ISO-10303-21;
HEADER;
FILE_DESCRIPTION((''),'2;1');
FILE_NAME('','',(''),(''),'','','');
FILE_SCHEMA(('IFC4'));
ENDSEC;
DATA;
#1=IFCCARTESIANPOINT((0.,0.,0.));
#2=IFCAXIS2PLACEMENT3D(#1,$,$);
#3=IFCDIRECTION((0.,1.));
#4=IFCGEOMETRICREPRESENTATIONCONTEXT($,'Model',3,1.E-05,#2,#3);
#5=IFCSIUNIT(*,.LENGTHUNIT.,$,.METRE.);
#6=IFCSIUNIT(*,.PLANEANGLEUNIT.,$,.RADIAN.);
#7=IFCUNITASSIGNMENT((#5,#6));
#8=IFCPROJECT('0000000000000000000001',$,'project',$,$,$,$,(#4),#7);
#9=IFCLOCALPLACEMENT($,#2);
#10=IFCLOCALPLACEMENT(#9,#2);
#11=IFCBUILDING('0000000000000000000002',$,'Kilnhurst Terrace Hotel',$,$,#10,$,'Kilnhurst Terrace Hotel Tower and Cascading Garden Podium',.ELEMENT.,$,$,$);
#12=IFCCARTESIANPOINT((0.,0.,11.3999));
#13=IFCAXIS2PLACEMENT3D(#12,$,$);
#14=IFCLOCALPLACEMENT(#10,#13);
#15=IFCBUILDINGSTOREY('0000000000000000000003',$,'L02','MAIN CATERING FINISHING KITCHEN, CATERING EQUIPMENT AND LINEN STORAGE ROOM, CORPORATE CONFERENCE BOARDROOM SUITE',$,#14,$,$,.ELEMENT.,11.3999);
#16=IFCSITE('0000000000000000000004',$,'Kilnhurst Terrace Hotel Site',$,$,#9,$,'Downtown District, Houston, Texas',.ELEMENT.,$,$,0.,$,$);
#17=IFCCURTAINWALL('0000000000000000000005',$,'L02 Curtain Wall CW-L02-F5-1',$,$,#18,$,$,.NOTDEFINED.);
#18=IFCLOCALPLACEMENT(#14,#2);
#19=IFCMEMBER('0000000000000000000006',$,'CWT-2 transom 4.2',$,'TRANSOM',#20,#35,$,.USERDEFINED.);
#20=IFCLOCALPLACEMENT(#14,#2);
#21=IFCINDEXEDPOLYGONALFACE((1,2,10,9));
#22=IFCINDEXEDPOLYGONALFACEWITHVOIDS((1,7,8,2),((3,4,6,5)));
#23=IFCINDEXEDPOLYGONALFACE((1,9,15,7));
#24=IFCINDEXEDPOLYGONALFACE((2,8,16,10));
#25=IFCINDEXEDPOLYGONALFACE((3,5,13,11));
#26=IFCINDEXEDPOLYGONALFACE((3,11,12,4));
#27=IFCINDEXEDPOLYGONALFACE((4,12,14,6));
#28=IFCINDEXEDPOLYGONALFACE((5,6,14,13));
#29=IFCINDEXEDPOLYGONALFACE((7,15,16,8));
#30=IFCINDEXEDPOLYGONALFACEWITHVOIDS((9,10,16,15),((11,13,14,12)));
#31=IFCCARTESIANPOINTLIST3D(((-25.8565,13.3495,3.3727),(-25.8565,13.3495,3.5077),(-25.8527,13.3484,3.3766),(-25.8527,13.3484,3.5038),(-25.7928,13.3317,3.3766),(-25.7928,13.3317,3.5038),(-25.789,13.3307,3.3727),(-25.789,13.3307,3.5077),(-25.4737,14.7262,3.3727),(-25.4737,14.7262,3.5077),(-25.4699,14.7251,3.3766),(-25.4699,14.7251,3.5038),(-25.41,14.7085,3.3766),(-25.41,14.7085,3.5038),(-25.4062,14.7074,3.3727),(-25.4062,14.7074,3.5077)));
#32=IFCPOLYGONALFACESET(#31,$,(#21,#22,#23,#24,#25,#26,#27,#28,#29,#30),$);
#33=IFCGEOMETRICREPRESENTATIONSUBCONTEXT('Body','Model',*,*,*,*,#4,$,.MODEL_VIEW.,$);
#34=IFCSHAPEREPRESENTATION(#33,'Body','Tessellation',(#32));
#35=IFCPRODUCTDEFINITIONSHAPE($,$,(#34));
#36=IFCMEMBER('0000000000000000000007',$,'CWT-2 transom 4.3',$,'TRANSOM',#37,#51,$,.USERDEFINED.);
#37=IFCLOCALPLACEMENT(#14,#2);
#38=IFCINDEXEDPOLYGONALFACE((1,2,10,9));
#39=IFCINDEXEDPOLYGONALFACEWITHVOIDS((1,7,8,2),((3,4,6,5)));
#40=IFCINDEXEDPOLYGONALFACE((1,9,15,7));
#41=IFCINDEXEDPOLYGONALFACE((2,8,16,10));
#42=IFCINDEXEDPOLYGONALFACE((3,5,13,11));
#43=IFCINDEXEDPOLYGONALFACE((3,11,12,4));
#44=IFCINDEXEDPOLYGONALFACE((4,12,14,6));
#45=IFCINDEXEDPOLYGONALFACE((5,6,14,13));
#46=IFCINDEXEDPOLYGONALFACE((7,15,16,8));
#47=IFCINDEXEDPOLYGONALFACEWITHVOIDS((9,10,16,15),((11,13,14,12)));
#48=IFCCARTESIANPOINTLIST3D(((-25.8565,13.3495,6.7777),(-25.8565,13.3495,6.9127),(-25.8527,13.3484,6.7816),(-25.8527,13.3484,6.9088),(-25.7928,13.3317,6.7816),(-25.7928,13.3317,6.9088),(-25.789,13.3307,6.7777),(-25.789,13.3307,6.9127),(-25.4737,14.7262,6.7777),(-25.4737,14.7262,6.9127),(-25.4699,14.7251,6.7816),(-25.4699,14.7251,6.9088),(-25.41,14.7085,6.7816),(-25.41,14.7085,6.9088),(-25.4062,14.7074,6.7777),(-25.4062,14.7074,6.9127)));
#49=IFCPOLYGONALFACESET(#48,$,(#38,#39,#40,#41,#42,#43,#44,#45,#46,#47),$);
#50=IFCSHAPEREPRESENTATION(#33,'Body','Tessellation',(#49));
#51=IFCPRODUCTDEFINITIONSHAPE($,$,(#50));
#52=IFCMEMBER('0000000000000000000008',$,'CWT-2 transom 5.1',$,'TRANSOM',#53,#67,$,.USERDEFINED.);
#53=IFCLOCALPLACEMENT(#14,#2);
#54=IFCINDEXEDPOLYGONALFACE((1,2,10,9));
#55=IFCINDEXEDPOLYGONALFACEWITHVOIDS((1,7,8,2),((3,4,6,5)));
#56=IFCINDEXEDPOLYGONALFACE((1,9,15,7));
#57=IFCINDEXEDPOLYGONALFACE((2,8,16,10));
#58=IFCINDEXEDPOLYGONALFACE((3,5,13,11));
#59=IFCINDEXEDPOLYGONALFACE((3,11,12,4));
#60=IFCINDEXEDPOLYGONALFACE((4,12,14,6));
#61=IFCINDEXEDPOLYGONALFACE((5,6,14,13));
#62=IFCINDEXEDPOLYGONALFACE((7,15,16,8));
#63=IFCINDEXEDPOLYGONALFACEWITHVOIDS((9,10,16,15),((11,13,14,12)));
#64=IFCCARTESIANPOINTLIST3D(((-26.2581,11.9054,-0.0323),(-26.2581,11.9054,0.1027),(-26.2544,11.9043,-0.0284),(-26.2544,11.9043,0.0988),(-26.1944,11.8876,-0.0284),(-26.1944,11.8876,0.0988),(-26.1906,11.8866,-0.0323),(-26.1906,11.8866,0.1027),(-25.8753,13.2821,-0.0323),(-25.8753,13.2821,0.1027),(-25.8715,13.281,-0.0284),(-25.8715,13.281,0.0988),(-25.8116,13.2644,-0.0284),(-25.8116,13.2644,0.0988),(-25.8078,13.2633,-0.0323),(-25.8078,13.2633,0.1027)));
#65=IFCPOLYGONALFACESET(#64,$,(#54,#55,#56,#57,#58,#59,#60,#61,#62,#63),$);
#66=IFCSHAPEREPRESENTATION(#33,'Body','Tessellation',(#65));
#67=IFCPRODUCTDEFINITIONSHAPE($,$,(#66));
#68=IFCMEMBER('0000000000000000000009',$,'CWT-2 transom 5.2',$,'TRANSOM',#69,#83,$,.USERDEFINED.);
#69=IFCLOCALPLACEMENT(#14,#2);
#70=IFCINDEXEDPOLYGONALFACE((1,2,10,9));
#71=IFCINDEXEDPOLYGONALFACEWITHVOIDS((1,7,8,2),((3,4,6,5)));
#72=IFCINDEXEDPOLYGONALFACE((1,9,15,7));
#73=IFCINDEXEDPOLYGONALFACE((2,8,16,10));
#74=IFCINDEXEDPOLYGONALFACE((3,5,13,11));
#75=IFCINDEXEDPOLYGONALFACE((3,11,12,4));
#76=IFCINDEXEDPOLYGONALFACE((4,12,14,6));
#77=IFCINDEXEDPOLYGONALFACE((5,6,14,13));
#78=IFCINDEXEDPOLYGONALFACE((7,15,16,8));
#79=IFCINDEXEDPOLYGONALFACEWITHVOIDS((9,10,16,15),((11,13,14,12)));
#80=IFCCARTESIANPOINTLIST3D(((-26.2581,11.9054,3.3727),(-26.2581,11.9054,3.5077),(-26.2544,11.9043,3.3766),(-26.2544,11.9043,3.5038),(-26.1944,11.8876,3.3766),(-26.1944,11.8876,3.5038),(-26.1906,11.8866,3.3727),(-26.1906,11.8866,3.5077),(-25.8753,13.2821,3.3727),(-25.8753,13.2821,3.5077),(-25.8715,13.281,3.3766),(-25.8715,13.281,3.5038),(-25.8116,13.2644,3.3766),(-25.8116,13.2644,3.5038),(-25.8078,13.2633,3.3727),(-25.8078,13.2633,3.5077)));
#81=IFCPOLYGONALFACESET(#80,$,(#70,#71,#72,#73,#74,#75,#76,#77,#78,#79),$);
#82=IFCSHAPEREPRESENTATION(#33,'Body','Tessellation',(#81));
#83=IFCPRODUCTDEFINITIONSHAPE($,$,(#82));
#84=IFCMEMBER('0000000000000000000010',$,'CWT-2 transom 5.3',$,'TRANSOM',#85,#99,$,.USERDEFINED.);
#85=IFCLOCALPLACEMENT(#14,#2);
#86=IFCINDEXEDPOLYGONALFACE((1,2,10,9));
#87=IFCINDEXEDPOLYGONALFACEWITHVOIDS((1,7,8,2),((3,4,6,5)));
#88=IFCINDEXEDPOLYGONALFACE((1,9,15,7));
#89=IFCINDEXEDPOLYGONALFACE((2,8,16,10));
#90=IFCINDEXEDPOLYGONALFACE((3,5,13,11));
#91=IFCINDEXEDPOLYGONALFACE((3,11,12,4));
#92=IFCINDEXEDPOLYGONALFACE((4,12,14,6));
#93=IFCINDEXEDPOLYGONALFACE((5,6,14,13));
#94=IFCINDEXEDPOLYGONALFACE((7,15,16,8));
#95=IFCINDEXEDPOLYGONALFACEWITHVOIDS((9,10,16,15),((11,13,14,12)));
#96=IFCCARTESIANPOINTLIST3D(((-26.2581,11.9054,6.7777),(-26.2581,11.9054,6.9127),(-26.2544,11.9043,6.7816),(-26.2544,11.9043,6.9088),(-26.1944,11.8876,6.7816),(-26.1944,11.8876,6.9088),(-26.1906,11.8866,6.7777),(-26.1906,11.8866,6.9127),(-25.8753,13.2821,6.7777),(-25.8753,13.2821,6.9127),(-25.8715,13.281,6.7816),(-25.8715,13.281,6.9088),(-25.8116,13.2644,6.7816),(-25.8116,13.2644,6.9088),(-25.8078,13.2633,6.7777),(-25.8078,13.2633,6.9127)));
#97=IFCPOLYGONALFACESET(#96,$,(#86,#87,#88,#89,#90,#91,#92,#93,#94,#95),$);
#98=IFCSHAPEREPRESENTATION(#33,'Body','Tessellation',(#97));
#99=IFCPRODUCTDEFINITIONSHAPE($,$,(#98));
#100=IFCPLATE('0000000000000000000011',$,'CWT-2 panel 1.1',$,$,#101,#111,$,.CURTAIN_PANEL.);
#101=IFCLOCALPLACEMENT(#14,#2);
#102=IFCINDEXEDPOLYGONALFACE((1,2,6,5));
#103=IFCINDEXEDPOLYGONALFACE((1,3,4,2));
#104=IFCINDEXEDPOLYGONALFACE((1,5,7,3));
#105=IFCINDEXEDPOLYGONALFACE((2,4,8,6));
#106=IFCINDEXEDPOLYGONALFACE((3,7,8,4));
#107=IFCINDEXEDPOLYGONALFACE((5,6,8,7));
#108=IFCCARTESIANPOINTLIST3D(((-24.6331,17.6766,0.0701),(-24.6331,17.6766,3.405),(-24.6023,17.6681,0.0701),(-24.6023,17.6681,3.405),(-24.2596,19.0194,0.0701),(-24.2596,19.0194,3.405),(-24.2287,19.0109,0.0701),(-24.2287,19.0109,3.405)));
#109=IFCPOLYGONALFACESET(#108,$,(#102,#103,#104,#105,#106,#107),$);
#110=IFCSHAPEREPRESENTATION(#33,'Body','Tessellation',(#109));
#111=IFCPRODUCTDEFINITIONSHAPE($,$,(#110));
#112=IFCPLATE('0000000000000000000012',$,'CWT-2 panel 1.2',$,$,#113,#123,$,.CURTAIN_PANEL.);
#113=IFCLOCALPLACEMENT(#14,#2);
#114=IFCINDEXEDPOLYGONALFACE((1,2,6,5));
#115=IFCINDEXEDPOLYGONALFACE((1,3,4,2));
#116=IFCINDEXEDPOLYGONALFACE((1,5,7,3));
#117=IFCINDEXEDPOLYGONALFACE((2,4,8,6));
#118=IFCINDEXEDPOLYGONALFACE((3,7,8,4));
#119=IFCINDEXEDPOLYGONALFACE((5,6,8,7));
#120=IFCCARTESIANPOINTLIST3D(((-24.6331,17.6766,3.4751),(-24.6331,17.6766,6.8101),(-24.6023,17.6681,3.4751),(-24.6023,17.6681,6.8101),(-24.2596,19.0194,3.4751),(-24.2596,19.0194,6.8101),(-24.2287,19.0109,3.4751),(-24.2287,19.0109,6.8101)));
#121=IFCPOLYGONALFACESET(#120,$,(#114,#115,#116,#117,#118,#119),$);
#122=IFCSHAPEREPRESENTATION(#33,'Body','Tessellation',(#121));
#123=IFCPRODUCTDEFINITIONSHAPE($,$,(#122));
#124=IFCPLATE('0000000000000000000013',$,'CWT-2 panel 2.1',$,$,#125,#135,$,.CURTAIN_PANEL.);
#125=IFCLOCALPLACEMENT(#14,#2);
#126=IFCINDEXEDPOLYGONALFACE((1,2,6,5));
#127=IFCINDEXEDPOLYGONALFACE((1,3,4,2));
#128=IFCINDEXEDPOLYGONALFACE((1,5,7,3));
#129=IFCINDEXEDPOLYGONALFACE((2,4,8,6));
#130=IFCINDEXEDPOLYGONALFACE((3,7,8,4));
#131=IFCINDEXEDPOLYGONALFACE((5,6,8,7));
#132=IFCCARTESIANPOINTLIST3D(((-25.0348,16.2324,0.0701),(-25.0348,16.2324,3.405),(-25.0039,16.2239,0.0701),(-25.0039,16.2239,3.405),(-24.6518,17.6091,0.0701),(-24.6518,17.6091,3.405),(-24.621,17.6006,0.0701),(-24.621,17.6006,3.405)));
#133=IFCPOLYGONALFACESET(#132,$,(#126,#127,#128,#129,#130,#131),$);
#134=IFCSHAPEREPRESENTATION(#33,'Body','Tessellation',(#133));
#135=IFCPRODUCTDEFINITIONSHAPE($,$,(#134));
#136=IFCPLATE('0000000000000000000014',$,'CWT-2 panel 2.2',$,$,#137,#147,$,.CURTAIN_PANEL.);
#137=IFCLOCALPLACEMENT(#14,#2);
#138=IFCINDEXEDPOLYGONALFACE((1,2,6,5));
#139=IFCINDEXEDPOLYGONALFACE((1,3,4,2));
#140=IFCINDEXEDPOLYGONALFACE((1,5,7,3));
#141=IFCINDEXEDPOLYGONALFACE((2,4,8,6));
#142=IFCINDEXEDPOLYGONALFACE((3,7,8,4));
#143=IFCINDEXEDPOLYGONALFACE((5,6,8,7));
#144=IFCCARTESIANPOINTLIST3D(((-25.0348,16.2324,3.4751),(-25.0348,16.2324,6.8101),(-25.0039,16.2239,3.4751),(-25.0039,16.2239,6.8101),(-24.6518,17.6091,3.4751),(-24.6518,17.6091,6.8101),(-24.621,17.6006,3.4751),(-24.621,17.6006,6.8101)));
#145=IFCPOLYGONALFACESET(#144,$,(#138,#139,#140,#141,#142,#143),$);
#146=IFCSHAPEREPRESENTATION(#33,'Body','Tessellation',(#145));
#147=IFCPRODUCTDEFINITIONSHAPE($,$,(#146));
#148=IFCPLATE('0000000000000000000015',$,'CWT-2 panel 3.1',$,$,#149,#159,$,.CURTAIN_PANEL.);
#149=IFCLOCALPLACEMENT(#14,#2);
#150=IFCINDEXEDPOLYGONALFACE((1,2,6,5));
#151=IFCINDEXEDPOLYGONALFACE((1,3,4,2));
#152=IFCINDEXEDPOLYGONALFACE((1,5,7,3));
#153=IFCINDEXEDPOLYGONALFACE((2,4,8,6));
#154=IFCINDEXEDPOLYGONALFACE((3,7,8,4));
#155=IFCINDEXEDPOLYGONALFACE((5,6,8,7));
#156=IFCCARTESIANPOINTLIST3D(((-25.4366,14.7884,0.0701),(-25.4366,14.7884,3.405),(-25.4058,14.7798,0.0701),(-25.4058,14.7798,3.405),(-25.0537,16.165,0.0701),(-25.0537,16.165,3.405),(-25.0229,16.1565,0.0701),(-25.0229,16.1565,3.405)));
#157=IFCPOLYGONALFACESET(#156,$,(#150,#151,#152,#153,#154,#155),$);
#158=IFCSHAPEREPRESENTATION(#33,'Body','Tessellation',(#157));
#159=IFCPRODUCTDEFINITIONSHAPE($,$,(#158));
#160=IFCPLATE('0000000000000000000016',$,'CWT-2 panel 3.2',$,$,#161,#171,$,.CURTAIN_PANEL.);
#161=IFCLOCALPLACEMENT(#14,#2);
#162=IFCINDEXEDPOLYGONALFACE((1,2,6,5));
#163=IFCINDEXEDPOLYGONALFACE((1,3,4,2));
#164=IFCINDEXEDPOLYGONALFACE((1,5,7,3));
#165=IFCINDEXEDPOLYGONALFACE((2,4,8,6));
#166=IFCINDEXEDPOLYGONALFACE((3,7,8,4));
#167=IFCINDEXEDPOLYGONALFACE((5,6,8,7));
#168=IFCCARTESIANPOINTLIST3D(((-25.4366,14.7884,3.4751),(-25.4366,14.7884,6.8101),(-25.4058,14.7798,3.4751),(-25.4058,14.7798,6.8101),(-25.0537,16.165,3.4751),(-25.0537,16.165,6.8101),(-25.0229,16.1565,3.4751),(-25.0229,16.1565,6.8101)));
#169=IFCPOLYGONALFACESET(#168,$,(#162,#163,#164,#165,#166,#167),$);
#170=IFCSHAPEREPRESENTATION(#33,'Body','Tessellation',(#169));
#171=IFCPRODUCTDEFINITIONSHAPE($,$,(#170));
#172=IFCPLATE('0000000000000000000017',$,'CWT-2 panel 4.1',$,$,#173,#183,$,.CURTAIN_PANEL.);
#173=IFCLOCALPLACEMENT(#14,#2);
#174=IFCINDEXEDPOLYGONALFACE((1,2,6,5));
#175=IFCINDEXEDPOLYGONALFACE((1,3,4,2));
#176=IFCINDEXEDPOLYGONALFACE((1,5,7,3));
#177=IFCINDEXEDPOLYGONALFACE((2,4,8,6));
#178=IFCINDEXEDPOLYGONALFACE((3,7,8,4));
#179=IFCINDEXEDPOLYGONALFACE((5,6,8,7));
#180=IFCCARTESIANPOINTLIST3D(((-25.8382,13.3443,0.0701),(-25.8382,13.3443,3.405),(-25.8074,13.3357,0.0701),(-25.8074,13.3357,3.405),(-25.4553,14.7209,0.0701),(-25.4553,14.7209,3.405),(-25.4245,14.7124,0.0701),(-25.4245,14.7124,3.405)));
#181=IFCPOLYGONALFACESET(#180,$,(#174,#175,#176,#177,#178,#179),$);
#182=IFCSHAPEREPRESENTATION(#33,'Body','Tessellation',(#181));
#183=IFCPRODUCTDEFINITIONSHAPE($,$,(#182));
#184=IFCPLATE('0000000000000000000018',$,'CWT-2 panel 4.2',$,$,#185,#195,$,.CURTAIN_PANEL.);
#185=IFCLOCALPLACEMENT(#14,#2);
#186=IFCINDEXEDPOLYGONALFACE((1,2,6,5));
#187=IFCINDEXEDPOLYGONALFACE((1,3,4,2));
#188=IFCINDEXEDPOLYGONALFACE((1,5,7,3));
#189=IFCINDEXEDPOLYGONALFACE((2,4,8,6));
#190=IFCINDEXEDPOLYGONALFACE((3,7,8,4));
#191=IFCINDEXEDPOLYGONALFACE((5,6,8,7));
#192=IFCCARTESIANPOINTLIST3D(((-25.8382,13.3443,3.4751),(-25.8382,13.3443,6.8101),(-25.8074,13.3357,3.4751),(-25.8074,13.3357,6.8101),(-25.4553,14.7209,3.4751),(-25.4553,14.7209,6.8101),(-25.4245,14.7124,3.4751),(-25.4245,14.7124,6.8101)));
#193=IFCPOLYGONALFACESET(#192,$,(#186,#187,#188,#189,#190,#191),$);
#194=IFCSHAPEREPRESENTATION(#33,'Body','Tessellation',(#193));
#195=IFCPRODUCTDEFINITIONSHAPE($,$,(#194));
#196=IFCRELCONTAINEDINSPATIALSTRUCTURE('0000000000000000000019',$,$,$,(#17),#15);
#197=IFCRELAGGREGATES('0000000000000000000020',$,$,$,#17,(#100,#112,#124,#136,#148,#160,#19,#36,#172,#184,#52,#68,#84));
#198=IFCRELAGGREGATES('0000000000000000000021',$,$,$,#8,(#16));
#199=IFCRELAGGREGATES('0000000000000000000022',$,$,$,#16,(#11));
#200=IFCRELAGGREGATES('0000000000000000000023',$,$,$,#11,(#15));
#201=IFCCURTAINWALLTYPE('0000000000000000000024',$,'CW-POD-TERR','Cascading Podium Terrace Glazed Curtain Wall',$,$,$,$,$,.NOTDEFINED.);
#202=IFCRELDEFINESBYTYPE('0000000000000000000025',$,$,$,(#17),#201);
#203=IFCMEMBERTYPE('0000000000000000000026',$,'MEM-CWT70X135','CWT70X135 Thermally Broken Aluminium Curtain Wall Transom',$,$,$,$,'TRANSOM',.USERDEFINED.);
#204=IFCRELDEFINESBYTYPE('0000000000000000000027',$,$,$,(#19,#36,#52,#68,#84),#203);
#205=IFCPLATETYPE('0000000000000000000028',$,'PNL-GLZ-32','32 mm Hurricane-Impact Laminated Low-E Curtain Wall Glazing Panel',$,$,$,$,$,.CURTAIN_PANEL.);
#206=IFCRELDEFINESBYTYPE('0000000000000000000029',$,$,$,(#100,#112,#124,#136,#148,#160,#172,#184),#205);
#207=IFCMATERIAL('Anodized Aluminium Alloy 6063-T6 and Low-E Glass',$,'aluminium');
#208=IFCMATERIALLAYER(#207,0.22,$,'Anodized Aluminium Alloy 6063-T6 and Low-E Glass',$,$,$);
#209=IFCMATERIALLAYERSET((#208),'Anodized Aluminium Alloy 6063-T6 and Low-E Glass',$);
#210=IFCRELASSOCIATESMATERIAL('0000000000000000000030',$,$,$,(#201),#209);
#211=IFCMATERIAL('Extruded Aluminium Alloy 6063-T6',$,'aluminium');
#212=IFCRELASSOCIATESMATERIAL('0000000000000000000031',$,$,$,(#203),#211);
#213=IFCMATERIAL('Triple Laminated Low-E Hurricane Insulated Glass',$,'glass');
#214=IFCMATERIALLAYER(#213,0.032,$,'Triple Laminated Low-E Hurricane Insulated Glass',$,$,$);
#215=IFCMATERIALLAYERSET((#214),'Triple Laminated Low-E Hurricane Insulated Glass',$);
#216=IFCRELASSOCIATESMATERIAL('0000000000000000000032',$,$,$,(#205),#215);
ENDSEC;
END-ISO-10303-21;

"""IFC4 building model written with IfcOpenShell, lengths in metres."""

from ifc_helpers import new_model, si_unit, direction, frame, origin, origin_2d, place, context, subcontext, project, spatial, rectangle, hollow_rectangle, extrude, material, layer, layer_set, material_profile, profile_set, type_object, element, aggregate, save


model = new_model("IFC4")

# Units and contexts
model_context = context("Model", 3, precision=1e-05, world=origin(), true_north=direction((0.0, 1.0)))
body_context = subcontext(model_context, "Body", "Model", "MODEL_VIEW")
ifc_project = project(units=[si_unit("LENGTHUNIT", "METRE"), si_unit("PLANEANGLEUNIT", "RADIAN")], contexts=[model_context])

# Site, building, storey
site_placement = place(None, origin())
site = spatial("IfcSite", under=ifc_project, at=site_placement, Name="Kilnhurst Terrace Hotel Site", LongName="Downtown District, Houston, Texas", CompositionType="ELEMENT", RefElevation=0.0)
building_placement = place(site_placement, origin())
building = spatial("IfcBuilding", under=site, at=building_placement, Name="Kilnhurst Terrace Hotel", LongName="Kilnhurst Terrace Hotel Tower and Cascading Garden Podium", CompositionType="ELEMENT")
storey_placement = place(building_placement, frame((0.0, 0.0, 11.3999)))
storey = spatial("IfcBuildingStorey", under=building, at=storey_placement, Name="L02", Description="MAIN CATERING FINISHING KITCHEN, CATERING EQUIPMENT AND LINEN STORAGE ROOM, CORPORATE CONFERENCE BOARDROOM SUITE", CompositionType="ELEMENT", Elevation=11.3999)

# Curtain wall, members, plates
ifc_material_1 = material(Name="Anodized Aluminium Alloy 6063-T6 and Low-E Glass", Category="aluminium")
ifc_layer_1 = layer(ifc_material_1, 0.22, Name="Anodized Aluminium Alloy 6063-T6 and Low-E Glass")
ifc_layer_set_1 = layer_set([ifc_layer_1], Name="Anodized Aluminium Alloy 6063-T6 and Low-E Glass")
curtain_wall_type = type_object("IfcCurtainWallType", Name="CW-POD-TERR", Description="Cascading Podium Terrace Glazed Curtain Wall", PredefinedType="NOTDEFINED", material=ifc_layer_set_1)
curtain_wall_placement = place(storey_placement, origin())
curtain_wall = element("IfcCurtainWall", 1, at=curtain_wall_placement, inside=storey, type_object=curtain_wall_type, Name="L02 Curtain Wall CW-L02-F5-1", PredefinedType="NOTDEFINED")
ifc_material_2 = material(Name="Extruded Aluminium Alloy 6063-T6", Category="aluminium")
ifc_material_profile_1 = material_profile(ifc_material_2, hollow_rectangle(XDim=0.0701, YDim=0.135, WallThickness=0.0039, at=origin_2d()), Name="CWT70X135")
ifc_profile_set_1 = profile_set([ifc_material_profile_1], Name="Extruded Aluminium Alloy 6063-T6")
member_type_1 = type_object("IfcMemberType", Name="MEM-CWT70X135", Description="CWT70X135 Thermally Broken Aluminium Curtain Wall Transom", ElementType="TRANSOM", PredefinedType="USERDEFINED", material=ifc_profile_set_1)
member_1_placement = place(storey_placement, frame((-25.4399, 14.7168, 3.4402), z_axis=(-0.267899, -0.963447, 0.0), x_axis=(0.963447, -0.267899, 0.0)))
member_1 = element("IfcMember", 2, at=member_1_placement, type_object=member_type_1, Name="CWT-2 transom 4.2", ObjectType="TRANSOM", PredefinedType="USERDEFINED", context=body_context, shape_type="SweptSolid", body=[
    extrude(hollow_rectangle(XDim=0.0701, YDim=0.135, WallThickness=0.0039, at=origin_2d()), origin(), (0.0, 0.0, 1.0), 1.429),
])
member_2_placement = place(storey_placement, frame((-25.4399, 14.7168, 6.8452), z_axis=(-0.267899, -0.963447, 0.0), x_axis=(0.963447, -0.267899, 0.0)))
member_2 = element("IfcMember", 3, at=member_2_placement, type_object=member_type_1, Name="CWT-2 transom 4.3", ObjectType="TRANSOM", PredefinedType="USERDEFINED", context=body_context, shape_type="SweptSolid", body=[
    extrude(hollow_rectangle(XDim=0.0701, YDim=0.135, WallThickness=0.0039, at=origin_2d()), origin(), (0.0, 0.0, 1.0), 1.429),
])
member_3_placement = place(storey_placement, frame((-25.8416, 13.2727, 0.0352), z_axis=(-0.267899, -0.963447, 0.0), x_axis=(0.963447, -0.267899, 0.0)))
member_3 = element("IfcMember", 4, at=member_3_placement, type_object=member_type_1, Name="CWT-2 transom 5.1", ObjectType="TRANSOM", PredefinedType="USERDEFINED", context=body_context, shape_type="SweptSolid", body=[
    extrude(hollow_rectangle(XDim=0.0701, YDim=0.135, WallThickness=0.0039, at=origin_2d()), origin(), (0.0, 0.0, 1.0), 1.429),
])
member_4_placement = place(storey_placement, frame((-25.8416, 13.2727, 3.4402), z_axis=(-0.267899, -0.963447, 0.0), x_axis=(0.963447, -0.267899, 0.0)))
member_4 = element("IfcMember", 5, at=member_4_placement, type_object=member_type_1, Name="CWT-2 transom 5.2", ObjectType="TRANSOM", PredefinedType="USERDEFINED", context=body_context, shape_type="SweptSolid", body=[
    extrude(hollow_rectangle(XDim=0.0701, YDim=0.135, WallThickness=0.0039, at=origin_2d()), origin(), (0.0, 0.0, 1.0), 1.429),
])
member_5_placement = place(storey_placement, frame((-25.8416, 13.2727, 6.8452), z_axis=(-0.267899, -0.963447, 0.0), x_axis=(0.963447, -0.267899, 0.0)))
member_5 = element("IfcMember", 6, at=member_5_placement, type_object=member_type_1, Name="CWT-2 transom 5.3", ObjectType="TRANSOM", PredefinedType="USERDEFINED", context=body_context, shape_type="SweptSolid", body=[
    extrude(hollow_rectangle(XDim=0.0701, YDim=0.135, WallThickness=0.0039, at=origin_2d()), origin(), (0.0, 0.0, 1.0), 1.429),
])
ifc_material_3 = material(Name="Triple Laminated Low-E Hurricane Insulated Glass", Category="glass")
ifc_layer_2 = layer(ifc_material_3, 0.032, Name="Triple Laminated Low-E Hurricane Insulated Glass")
ifc_layer_set_2 = layer_set([ifc_layer_2], Name="Triple Laminated Low-E Hurricane Insulated Glass")
plate_type = type_object("IfcPlateType", Name="PNL-GLZ-32", Description="32 mm Hurricane-Impact Laminated Low-E Curtain Wall Glazing Panel", PredefinedType="CURTAIN_PANEL", material=ifc_layer_set_2)
plate_1_placement = place(storey_placement, frame((-24.4309, 18.3438, 0.0701), z_axis=(0.0, 0.0, 1.0), x_axis=(-0.267992, -0.963421, 0.0)))
plate_1 = element("IfcPlate", 7, at=plate_1_placement, type_object=plate_type, Name="CWT-2 panel 1.1", PredefinedType="CURTAIN_PANEL", context=body_context, shape_type="SweptSolid", body=[
    extrude(rectangle(XDim=1.3938, YDim=0.032, at=origin_2d()), origin(), (0.0, 0.0, 1.0), 3.335),
])
plate_2_placement = place(storey_placement, frame((-24.4309, 18.3438, 3.4751), z_axis=(0.0, 0.0, 1.0), x_axis=(-0.267992, -0.963421, 0.0)))
plate_2 = element("IfcPlate", 8, at=plate_2_placement, type_object=plate_type, Name="CWT-2 panel 1.2", PredefinedType="CURTAIN_PANEL", context=body_context, shape_type="SweptSolid", body=[
    extrude(rectangle(XDim=1.3938, YDim=0.032, at=origin_2d()), origin(), (0.0, 0.0, 1.0), 3.335),
])
plate_3_placement = place(storey_placement, frame((-24.8279, 16.9165, 0.0701), z_axis=(0.0, 0.0, 1.0), x_axis=(-0.267992, -0.963421, 0.0)))
plate_3 = element("IfcPlate", 9, at=plate_3_placement, type_object=plate_type, Name="CWT-2 panel 2.1", PredefinedType="CURTAIN_PANEL", context=body_context, shape_type="SweptSolid", body=[
    extrude(rectangle(XDim=1.429, YDim=0.032, at=origin_2d()), origin(), (0.0, 0.0, 1.0), 3.335),
])
plate_4_placement = place(storey_placement, frame((-24.8279, 16.9165, 3.4751), z_axis=(0.0, 0.0, 1.0), x_axis=(-0.267992, -0.963421, 0.0)))
plate_4 = element("IfcPlate", 10, at=plate_4_placement, type_object=plate_type, Name="CWT-2 panel 2.2", PredefinedType="CURTAIN_PANEL", context=body_context, shape_type="SweptSolid", body=[
    extrude(rectangle(XDim=1.429, YDim=0.032, at=origin_2d()), origin(), (0.0, 0.0, 1.0), 3.335),
])
plate_5_placement = place(storey_placement, frame((-25.2297, 15.4724, 0.0701), z_axis=(0.0, 0.0, 1.0), x_axis=(-0.267992, -0.963421, 0.0)))
plate_5 = element("IfcPlate", 11, at=plate_5_placement, type_object=plate_type, Name="CWT-2 panel 3.1", PredefinedType="CURTAIN_PANEL", context=body_context, shape_type="SweptSolid", body=[
    extrude(rectangle(XDim=1.429, YDim=0.032, at=origin_2d()), origin(), (0.0, 0.0, 1.0), 3.335),
])
plate_6_placement = place(storey_placement, frame((-25.2297, 15.4724, 3.4751), z_axis=(0.0, 0.0, 1.0), x_axis=(-0.267992, -0.963421, 0.0)))
plate_6 = element("IfcPlate", 12, at=plate_6_placement, type_object=plate_type, Name="CWT-2 panel 3.2", PredefinedType="CURTAIN_PANEL", context=body_context, shape_type="SweptSolid", body=[
    extrude(rectangle(XDim=1.429, YDim=0.032, at=origin_2d()), origin(), (0.0, 0.0, 1.0), 3.335),
])
plate_7_placement = place(storey_placement, frame((-25.6313, 14.0283, 0.0701), z_axis=(0.0, 0.0, 1.0), x_axis=(-0.267992, -0.963421, 0.0)))
plate_7 = element("IfcPlate", 13, at=plate_7_placement, type_object=plate_type, Name="CWT-2 panel 4.1", PredefinedType="CURTAIN_PANEL", context=body_context, shape_type="SweptSolid", body=[
    extrude(rectangle(XDim=1.429, YDim=0.032, at=origin_2d()), origin(), (0.0, 0.0, 1.0), 3.335),
])
plate_8_placement = place(storey_placement, frame((-25.6313, 14.0283, 3.4751), z_axis=(0.0, 0.0, 1.0), x_axis=(-0.267992, -0.963421, 0.0)))
plate_8 = element("IfcPlate", 14, at=plate_8_placement, type_object=plate_type, Name="CWT-2 panel 4.2", PredefinedType="CURTAIN_PANEL", context=body_context, shape_type="SweptSolid", body=[
    extrude(rectangle(XDim=1.429, YDim=0.032, at=origin_2d()), origin(), (0.0, 0.0, 1.0), 3.335),
])
aggregate(curtain_wall, [plate_1, plate_2, plate_3, plate_4, plate_5, plate_6, member_1, member_2, plate_7, plate_8, member_3, member_4, member_5])

save(model, "model.ifc")
